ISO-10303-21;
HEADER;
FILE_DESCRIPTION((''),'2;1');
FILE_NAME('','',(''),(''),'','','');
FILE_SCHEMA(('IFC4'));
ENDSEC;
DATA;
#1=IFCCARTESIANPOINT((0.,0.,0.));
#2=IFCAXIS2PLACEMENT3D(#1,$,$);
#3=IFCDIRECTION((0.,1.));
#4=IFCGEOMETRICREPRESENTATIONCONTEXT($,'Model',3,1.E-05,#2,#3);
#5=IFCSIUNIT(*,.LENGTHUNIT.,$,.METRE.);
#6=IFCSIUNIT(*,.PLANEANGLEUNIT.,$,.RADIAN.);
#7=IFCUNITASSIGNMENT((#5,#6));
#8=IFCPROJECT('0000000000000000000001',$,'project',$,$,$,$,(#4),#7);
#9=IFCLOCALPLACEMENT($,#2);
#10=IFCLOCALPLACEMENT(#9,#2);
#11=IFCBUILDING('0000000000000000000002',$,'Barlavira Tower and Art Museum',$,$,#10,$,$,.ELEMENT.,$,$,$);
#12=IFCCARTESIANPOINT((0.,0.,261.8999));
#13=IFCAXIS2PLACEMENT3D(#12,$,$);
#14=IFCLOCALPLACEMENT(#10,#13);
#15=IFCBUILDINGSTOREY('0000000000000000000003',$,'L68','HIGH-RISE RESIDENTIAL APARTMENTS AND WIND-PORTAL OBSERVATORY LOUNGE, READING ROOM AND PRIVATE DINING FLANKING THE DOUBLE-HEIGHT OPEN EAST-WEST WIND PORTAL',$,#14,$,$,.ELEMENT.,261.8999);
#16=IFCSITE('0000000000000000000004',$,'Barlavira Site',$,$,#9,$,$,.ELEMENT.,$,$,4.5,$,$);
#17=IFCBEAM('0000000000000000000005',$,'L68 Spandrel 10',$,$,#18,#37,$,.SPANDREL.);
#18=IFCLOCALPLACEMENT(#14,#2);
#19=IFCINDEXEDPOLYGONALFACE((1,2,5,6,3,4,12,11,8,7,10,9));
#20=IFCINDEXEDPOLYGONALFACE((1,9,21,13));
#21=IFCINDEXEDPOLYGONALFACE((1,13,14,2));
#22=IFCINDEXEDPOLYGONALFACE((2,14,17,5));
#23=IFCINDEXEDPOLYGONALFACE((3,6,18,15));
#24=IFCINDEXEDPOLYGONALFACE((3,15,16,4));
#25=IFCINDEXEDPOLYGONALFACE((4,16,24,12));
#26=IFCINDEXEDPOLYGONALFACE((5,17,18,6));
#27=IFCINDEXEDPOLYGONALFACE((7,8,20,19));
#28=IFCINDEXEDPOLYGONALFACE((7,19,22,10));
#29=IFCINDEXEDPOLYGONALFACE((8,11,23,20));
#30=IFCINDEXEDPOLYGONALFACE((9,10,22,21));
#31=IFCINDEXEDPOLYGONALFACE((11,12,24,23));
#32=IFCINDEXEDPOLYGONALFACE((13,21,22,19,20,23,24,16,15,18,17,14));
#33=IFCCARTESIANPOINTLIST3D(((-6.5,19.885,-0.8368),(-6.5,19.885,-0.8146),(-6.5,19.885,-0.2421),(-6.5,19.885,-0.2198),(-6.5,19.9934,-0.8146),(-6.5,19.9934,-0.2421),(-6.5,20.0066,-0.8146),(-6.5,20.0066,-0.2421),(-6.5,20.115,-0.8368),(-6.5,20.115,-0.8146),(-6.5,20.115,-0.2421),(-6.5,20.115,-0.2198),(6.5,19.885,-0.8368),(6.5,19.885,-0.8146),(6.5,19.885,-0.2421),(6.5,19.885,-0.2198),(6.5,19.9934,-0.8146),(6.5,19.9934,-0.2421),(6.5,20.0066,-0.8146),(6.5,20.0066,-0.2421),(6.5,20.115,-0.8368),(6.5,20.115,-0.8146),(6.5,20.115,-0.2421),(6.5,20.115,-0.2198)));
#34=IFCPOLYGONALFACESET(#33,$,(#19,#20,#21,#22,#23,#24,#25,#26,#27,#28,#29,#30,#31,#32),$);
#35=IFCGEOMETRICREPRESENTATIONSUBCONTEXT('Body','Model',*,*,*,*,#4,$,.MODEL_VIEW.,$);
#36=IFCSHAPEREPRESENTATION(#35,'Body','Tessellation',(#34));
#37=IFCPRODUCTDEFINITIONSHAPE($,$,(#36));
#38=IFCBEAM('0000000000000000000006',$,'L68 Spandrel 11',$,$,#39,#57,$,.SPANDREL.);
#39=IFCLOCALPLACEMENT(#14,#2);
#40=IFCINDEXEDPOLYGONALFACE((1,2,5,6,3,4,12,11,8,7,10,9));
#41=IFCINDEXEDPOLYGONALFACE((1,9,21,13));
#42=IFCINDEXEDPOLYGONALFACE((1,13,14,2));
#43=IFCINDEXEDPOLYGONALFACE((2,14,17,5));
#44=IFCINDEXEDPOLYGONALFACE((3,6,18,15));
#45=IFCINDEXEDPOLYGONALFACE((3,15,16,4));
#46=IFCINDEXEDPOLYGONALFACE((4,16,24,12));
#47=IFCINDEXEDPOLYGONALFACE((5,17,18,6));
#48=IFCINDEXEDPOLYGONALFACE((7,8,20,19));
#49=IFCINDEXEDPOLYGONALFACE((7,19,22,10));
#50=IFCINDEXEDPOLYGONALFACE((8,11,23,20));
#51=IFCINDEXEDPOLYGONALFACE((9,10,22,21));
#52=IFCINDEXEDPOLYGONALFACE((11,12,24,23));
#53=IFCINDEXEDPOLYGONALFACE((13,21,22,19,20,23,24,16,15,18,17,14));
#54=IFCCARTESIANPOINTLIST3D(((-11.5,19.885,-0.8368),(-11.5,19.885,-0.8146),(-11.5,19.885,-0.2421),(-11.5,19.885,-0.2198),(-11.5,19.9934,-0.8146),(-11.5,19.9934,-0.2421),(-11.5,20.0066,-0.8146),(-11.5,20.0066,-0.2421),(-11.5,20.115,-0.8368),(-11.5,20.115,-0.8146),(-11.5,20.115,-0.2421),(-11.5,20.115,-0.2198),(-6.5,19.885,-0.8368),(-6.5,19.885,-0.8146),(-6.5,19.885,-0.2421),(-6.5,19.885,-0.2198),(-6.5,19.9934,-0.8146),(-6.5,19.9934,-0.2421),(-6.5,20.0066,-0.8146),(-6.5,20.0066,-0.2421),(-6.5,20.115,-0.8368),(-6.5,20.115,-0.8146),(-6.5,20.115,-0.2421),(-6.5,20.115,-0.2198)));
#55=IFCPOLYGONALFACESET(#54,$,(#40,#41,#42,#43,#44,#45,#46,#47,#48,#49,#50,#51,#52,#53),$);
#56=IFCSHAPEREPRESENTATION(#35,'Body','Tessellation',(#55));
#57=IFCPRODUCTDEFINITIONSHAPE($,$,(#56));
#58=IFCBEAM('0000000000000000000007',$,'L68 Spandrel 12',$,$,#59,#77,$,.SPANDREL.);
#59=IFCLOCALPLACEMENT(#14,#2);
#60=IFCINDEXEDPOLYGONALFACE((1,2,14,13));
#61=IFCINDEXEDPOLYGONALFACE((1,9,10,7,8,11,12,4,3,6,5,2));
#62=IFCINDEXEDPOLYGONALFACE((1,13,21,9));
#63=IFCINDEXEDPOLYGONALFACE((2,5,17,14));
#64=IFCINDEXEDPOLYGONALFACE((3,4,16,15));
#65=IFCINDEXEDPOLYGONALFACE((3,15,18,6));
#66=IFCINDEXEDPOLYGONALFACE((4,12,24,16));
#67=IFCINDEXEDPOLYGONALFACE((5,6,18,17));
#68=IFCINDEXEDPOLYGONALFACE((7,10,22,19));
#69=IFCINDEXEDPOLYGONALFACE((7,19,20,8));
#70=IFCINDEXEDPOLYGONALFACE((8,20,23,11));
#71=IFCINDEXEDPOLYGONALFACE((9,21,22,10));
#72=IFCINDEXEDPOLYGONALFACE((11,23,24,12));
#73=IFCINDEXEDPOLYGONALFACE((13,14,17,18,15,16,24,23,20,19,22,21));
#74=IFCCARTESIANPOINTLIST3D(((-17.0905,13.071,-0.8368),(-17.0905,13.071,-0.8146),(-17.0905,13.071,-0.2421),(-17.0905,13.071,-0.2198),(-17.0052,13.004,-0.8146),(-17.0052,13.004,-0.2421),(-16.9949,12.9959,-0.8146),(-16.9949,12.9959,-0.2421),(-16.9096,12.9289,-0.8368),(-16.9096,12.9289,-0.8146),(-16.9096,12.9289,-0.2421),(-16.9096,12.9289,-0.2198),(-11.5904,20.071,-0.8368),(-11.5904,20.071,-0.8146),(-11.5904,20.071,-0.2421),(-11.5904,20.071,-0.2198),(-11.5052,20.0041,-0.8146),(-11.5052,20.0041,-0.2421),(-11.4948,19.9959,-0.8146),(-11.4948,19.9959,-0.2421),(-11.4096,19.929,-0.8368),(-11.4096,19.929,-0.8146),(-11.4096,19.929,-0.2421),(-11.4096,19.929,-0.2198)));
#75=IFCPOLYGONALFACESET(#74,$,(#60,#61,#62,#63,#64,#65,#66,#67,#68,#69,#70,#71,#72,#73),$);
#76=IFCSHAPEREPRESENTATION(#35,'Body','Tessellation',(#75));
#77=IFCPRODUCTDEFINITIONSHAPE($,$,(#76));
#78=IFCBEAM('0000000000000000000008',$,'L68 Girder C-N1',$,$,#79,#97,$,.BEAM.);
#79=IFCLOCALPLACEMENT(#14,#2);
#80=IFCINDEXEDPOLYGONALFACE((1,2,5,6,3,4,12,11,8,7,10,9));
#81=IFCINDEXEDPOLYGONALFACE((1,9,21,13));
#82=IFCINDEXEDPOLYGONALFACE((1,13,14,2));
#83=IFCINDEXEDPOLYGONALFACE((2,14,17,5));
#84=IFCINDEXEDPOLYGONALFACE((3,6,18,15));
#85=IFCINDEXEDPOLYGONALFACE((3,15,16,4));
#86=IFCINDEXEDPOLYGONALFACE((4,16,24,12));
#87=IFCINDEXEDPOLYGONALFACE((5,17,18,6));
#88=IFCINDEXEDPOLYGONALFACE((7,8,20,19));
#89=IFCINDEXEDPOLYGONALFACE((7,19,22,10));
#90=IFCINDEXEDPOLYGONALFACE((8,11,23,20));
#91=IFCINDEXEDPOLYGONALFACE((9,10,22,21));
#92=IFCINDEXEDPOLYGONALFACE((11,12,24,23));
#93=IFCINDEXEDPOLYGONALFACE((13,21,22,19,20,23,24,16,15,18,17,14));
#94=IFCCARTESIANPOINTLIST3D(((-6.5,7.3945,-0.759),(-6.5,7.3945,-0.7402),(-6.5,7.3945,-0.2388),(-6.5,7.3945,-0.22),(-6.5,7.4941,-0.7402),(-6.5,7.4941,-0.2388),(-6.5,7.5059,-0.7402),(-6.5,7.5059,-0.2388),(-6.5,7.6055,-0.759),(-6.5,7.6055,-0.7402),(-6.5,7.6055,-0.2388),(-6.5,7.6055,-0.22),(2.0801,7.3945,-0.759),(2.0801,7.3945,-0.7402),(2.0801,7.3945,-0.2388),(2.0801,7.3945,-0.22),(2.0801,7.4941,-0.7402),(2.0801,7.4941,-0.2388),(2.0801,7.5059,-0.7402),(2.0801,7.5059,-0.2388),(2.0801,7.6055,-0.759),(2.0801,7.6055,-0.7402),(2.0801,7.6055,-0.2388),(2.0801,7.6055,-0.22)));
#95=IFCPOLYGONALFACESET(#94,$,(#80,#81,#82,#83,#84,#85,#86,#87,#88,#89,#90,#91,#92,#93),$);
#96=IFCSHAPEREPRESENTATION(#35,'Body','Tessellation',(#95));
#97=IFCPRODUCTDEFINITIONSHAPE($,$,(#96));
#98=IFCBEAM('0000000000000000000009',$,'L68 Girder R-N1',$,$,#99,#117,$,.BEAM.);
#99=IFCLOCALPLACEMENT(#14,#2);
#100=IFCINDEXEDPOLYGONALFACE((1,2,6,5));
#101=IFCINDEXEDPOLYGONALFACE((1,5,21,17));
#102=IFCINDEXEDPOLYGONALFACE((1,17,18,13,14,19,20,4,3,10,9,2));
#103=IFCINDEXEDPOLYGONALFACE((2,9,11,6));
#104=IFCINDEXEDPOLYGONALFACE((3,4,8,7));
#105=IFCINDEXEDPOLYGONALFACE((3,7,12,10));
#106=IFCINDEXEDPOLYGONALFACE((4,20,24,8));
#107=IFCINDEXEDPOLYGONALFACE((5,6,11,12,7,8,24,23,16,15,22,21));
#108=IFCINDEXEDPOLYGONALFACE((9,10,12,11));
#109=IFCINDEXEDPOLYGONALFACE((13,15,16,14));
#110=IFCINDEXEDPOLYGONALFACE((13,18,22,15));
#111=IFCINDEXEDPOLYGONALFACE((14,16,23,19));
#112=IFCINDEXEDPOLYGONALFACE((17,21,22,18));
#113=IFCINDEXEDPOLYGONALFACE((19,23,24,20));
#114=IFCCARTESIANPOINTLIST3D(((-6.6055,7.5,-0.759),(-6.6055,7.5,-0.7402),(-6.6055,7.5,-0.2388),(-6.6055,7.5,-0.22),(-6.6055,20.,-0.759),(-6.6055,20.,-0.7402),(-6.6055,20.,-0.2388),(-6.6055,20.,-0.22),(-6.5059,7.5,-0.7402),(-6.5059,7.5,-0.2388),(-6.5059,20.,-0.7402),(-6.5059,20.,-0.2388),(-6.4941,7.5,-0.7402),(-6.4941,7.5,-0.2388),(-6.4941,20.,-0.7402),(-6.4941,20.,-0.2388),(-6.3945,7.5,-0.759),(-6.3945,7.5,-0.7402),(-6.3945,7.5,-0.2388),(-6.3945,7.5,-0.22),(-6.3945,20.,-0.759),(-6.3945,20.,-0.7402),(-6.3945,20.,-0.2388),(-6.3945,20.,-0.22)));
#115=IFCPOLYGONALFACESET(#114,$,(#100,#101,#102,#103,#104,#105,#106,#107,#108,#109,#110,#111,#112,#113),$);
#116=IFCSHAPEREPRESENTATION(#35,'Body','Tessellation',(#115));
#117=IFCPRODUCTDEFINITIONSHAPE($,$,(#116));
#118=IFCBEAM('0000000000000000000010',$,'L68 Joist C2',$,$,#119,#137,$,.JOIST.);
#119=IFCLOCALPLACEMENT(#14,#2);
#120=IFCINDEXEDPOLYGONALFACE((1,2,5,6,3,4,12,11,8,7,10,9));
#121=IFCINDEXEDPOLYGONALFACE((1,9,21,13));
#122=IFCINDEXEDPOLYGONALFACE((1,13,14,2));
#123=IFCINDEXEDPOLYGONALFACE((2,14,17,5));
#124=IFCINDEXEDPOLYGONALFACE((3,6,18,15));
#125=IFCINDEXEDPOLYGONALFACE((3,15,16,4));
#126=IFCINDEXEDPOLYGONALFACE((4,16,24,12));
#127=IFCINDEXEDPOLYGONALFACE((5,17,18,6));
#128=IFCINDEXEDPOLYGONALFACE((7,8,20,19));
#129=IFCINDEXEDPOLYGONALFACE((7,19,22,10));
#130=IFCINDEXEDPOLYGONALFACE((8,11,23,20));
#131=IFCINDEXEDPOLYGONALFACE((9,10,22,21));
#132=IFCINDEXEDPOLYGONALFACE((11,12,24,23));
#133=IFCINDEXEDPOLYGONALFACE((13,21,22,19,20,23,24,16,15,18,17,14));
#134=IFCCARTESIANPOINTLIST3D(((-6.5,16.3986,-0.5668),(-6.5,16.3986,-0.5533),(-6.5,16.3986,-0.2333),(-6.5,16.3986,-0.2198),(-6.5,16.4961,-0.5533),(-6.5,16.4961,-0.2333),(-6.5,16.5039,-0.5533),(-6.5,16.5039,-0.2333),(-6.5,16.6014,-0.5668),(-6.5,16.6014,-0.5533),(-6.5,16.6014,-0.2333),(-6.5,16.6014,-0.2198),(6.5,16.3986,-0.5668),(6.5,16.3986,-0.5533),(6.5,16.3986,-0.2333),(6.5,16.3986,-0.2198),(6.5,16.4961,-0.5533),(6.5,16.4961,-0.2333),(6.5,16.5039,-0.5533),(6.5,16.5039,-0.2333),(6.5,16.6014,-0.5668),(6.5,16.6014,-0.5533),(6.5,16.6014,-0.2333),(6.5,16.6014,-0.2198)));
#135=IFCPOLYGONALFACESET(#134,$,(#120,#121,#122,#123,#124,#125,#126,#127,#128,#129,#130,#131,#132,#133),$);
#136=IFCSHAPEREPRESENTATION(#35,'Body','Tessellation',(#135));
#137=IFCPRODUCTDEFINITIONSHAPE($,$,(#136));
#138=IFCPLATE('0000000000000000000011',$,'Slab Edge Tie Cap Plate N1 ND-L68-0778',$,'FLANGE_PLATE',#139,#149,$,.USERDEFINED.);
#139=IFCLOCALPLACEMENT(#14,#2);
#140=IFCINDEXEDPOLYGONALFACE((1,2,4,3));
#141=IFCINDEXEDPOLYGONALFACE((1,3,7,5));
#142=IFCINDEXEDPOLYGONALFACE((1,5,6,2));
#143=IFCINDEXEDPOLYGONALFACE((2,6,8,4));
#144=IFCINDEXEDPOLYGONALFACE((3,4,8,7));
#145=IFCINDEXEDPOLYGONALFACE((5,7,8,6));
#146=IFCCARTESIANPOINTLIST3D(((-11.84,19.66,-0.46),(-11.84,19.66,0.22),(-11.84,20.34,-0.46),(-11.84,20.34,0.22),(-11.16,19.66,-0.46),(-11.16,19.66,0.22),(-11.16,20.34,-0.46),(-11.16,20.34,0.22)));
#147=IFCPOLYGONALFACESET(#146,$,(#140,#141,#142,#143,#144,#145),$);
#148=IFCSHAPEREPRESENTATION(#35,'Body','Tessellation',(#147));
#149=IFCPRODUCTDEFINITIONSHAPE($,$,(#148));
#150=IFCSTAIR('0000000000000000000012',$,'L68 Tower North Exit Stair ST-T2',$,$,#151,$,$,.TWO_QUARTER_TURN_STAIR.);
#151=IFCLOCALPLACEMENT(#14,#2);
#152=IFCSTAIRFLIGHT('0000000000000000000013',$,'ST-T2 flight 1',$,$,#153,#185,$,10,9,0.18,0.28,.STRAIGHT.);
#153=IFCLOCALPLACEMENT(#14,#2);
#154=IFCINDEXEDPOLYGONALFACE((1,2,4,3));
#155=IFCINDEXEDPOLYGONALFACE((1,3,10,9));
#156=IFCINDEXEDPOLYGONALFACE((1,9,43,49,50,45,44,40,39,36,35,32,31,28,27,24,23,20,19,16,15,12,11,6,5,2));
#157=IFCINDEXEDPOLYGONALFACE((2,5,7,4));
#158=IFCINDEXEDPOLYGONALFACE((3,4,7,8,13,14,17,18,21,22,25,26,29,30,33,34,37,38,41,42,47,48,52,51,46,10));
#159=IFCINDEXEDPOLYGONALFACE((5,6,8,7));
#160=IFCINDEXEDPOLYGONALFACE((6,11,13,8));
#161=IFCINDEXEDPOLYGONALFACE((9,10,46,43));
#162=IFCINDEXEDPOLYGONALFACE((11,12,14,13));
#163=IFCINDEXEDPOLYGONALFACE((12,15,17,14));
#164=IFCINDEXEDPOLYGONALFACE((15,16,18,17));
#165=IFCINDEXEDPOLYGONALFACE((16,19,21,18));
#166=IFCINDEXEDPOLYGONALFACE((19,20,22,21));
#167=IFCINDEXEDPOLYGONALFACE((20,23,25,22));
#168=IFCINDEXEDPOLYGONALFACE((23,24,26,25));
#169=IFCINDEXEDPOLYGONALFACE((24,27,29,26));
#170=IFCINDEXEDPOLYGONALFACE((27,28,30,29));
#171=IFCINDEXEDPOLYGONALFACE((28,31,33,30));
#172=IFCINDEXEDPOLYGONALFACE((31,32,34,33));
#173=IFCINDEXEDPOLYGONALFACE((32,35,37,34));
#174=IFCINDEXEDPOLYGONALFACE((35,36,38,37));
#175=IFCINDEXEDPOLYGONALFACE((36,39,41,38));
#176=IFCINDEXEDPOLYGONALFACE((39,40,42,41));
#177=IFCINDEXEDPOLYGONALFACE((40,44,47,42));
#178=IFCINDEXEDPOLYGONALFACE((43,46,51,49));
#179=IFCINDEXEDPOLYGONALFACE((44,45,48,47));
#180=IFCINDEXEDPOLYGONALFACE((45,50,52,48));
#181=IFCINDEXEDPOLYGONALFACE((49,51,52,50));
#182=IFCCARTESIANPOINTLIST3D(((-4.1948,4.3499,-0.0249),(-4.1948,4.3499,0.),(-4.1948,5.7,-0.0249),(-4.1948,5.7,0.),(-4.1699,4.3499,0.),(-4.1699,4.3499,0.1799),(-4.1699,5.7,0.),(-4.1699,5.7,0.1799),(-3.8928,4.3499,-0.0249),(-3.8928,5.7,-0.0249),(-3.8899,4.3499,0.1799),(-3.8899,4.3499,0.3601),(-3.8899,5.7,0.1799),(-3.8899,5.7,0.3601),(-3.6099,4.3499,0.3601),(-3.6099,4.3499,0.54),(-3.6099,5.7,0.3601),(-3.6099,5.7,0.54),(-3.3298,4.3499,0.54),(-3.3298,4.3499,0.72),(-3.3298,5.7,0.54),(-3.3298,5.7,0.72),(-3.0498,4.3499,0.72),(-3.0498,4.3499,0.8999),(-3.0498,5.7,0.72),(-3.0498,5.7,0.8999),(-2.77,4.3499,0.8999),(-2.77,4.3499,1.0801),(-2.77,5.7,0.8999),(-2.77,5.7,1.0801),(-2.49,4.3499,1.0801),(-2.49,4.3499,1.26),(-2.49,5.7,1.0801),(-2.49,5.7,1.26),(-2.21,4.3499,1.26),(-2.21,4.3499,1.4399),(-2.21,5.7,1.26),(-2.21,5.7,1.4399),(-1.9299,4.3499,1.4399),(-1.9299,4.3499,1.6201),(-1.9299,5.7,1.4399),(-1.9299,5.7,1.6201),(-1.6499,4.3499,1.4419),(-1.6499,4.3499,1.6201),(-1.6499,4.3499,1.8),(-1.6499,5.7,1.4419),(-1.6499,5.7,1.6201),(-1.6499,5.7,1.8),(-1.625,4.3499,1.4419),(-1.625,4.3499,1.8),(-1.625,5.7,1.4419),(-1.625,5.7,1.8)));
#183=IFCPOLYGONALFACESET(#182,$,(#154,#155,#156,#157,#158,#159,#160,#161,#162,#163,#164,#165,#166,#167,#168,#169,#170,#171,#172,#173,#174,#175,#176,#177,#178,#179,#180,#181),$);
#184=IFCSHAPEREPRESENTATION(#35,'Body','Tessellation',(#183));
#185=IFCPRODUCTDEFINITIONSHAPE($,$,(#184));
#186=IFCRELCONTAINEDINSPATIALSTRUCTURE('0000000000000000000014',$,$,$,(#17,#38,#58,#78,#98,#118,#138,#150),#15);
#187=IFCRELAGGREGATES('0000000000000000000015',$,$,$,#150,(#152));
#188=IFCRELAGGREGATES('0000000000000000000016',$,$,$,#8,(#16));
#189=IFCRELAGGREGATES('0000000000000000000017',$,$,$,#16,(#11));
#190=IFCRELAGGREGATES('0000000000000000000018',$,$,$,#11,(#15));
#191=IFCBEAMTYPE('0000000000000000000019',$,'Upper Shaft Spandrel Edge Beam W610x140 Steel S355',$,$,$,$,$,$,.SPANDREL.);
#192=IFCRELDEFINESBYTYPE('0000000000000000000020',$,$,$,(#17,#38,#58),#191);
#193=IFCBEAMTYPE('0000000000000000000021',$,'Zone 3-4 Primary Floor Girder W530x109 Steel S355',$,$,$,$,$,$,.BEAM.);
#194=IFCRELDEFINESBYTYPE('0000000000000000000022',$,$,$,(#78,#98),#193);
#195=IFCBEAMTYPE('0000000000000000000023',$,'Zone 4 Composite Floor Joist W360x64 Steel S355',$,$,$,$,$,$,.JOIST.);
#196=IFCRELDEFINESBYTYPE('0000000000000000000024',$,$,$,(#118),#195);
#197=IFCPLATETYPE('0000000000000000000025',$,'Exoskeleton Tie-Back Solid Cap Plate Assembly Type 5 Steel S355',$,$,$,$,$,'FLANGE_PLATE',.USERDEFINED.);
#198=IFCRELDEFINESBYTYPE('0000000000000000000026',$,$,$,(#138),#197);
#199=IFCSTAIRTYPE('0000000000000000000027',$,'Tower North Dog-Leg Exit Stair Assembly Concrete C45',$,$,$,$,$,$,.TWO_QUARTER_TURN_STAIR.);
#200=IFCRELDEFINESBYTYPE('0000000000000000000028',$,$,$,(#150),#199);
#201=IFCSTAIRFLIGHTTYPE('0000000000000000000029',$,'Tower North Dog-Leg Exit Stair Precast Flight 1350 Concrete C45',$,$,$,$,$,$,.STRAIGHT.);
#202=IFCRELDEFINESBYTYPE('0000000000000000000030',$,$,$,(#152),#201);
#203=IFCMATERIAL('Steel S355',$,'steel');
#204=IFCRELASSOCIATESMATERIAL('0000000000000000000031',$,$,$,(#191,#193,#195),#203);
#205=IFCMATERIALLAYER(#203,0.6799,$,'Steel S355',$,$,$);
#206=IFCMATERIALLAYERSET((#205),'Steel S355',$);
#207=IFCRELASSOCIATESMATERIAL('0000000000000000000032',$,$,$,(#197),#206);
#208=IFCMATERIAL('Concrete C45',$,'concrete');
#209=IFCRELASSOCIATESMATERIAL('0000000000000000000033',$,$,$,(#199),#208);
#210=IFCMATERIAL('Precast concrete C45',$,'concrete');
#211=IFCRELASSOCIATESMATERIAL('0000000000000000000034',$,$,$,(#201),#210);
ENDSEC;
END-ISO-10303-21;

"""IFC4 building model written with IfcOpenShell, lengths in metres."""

from ifc_helpers import new_model, si_unit, direction, frame, origin, origin_2d, place, context, subcontext, project, spatial, polyline, rectangle, i_section, outline, extrude, material, layer, layer_set, material_profile, profile_set, type_object, element, aggregate, save


model = new_model("IFC4")

# Units and contexts
model_context = context("Model", 3, precision=1e-05, world=origin(), true_north=direction((0.0, 1.0)))
body_context = subcontext(model_context, "Body", "Model", "MODEL_VIEW")
ifc_project = project(units=[si_unit("LENGTHUNIT", "METRE"), si_unit("PLANEANGLEUNIT", "RADIAN")], contexts=[model_context])

# Site, building, storey
site_placement = place(None, origin())
site = spatial("IfcSite", under=ifc_project, at=site_placement, Name="Barlavira Site", CompositionType="ELEMENT", RefElevation=4.5)
building_placement = place(site_placement, origin())
building = spatial("IfcBuilding", under=site, at=building_placement, Name="Barlavira Tower and Art Museum", CompositionType="ELEMENT")
storey_placement = place(building_placement, frame((0.0, 0.0, 261.8999)))
storey = spatial("IfcBuildingStorey", under=building, at=storey_placement, Name="L68", Description="HIGH-RISE RESIDENTIAL APARTMENTS AND WIND-PORTAL OBSERVATORY LOUNGE, READING ROOM AND PRIVATE DINING FLANKING THE DOUBLE-HEIGHT OPEN EAST-WEST WIND PORTAL", CompositionType="ELEMENT", Elevation=261.8999)

# Shared definitions
ifc_material_1 = material(Name="Steel S355", Category="steel")

# Beams
ifc_material_profile_1 = material_profile(ifc_material_1, i_section(OverallWidth=0.23, OverallDepth=0.6169, WebThickness=0.0132, FlangeThickness=0.0222, at=origin_2d()), Name="W610x140.0")
ifc_profile_set_1 = profile_set([ifc_material_profile_1], Name="Steel S355")
beam_type_1 = type_object("IfcBeamType", Name="Upper Shaft Spandrel Edge Beam W610x140 Steel S355", PredefinedType="SPANDREL", material=ifc_profile_set_1)
beam_1_placement = place(storey_placement, frame((-6.5, 20.0, -0.5283), z_axis=(1.0, 0.0, 0.0), x_axis=(0.0, 1.0, 0.0)))
element("IfcBeam", 1, at=beam_1_placement, inside=storey, type_object=beam_type_1, Name="L68 Spandrel 10", PredefinedType="SPANDREL", context=body_context, shape_type="SweptSolid", body=[
    extrude(i_section(OverallWidth=0.23, OverallDepth=0.6169, WebThickness=0.0132, FlangeThickness=0.0222, at=origin_2d()), origin(), (0.0, 0.0, 1.0), 13.0),
])
beam_2_placement = place(storey_placement, frame((-11.5, 20.0, -0.5283), z_axis=(1.0, 0.0, 0.0), x_axis=(0.0, 1.0, 0.0)))
element("IfcBeam", 2, at=beam_2_placement, inside=storey, type_object=beam_type_1, Name="L68 Spandrel 11", PredefinedType="SPANDREL", context=body_context, shape_type="SweptSolid", body=[
    extrude(i_section(OverallWidth=0.23, OverallDepth=0.6169, WebThickness=0.0132, FlangeThickness=0.0222, at=origin_2d()), origin(), (0.0, 0.0, 1.0), 5.0),
])
beam_3_placement = place(storey_placement, frame((-11.5, 20.0, -0.5283), z_axis=(-0.617822, -0.786318, 0.0), x_axis=(0.786318, -0.617822, 0.0)))
element("IfcBeam", 3, at=beam_3_placement, inside=storey, type_object=beam_type_1, Name="L68 Spandrel 12", PredefinedType="SPANDREL", context=body_context, shape_type="SweptSolid", body=[
    extrude(i_section(OverallWidth=0.23, OverallDepth=0.6169, WebThickness=0.0132, FlangeThickness=0.0222, at=origin_2d()), origin(), (0.0, 0.0, 1.0), 8.9023),
])
ifc_material_profile_2 = material_profile(ifc_material_1, i_section(OverallWidth=0.2109, OverallDepth=0.5391, WebThickness=0.0117, FlangeThickness=0.0188, at=origin_2d()), Name="W530x109.0")
ifc_profile_set_2 = profile_set([ifc_material_profile_2], Name="Steel S355")
beam_type_2 = type_object("IfcBeamType", Name="Zone 3-4 Primary Floor Girder W530x109 Steel S355", PredefinedType="BEAM", material=ifc_profile_set_2)
beam_4_placement = place(storey_placement, frame((-6.5, 7.5, -0.4895), z_axis=(1.0, 0.0, 0.0), x_axis=(0.0, 1.0, 0.0)))
element("IfcBeam", 4, at=beam_4_placement, inside=storey, type_object=beam_type_2, Name="L68 Girder C-N1", PredefinedType="BEAM", context=body_context, shape_type="SweptSolid", body=[
    extrude(i_section(OverallWidth=0.2109, OverallDepth=0.5391, WebThickness=0.0117, FlangeThickness=0.0188, at=origin_2d()), origin(), (0.0, 0.0, 1.0), 8.5801),
])
beam_5_placement = place(storey_placement, frame((-6.5, 7.5, -0.4895), z_axis=(0.0, 1.0, 0.0), x_axis=(-1.0, 0.0, 0.0)))
element("IfcBeam", 5, at=beam_5_placement, inside=storey, type_object=beam_type_2, Name="L68 Girder R-N1", PredefinedType="BEAM", context=body_context, shape_type="SweptSolid", body=[
    extrude(i_section(OverallWidth=0.2109, OverallDepth=0.5391, WebThickness=0.0117, FlangeThickness=0.0188, at=origin_2d()), origin(), (0.0, 0.0, 1.0), 12.5),
])
ifc_material_profile_3 = material_profile(ifc_material_1, i_section(OverallWidth=0.2029, OverallDepth=0.3469, WebThickness=0.0078, FlangeThickness=0.0134, at=origin_2d()), Name="W360x64.0")
ifc_profile_set_3 = profile_set([ifc_material_profile_3], Name="Steel S355")
beam_type_3 = type_object("IfcBeamType", Name="Zone 4 Composite Floor Joist W360x64 Steel S355", PredefinedType="JOIST", material=ifc_profile_set_3)
beam_6_placement = place(storey_placement, frame((-6.5, 16.5, -0.3933), z_axis=(1.0, 0.0, 0.0), x_axis=(0.0, 1.0, 0.0)))
element("IfcBeam", 6, at=beam_6_placement, inside=storey, type_object=beam_type_3, Name="L68 Joist C2", PredefinedType="JOIST", context=body_context, shape_type="SweptSolid", body=[
    extrude(i_section(OverallWidth=0.2029, OverallDepth=0.3469, WebThickness=0.0078, FlangeThickness=0.0134, at=origin_2d()), origin(), (0.0, 0.0, 1.0), 13.0),
])

# Plate
ifc_layer_1 = layer(ifc_material_1, 0.6799, Name="Steel S355")
ifc_layer_set_1 = layer_set([ifc_layer_1], Name="Steel S355")
plate_type = type_object("IfcPlateType", Name="Exoskeleton Tie-Back Solid Cap Plate Assembly Type 5 Steel S355", ElementType="FLANGE_PLATE", PredefinedType="USERDEFINED", material=ifc_layer_set_1)
plate_placement = place(storey_placement, frame((-11.5, 20.0, -0.46), z_axis=(0.0, 0.0, 1.0), x_axis=(1.0, 0.0, 0.0)))
element("IfcPlate", 7, at=plate_placement, inside=storey, type_object=plate_type, Name="Slab Edge Tie Cap Plate N1 ND-L68-0778", ObjectType="FLANGE_PLATE", PredefinedType="USERDEFINED", context=body_context, shape_type="SweptSolid", body=[
    extrude(rectangle(XDim=0.6799, YDim=0.6799, at=origin_2d()), origin(), (0.0, 0.0, 1.0), 0.6799),
])

# Stair, stair flight
ifc_material_2 = material(Name="Concrete C45", Category="concrete")
stair_type = type_object("IfcStairType", Name="Tower North Dog-Leg Exit Stair Assembly Concrete C45", PredefinedType="TWO_QUARTER_TURN_STAIR", material=ifc_material_2)
stair_placement = place(storey_placement, origin())
stair = element("IfcStair", 8, at=stair_placement, inside=storey, type_object=stair_type, Name="L68 Tower North Exit Stair ST-T2", PredefinedType="TWO_QUARTER_TURN_STAIR")
ifc_material_3 = material(Name="Precast concrete C45", Category="concrete")
stair_flight_type = type_object("IfcStairFlightType", Name="Tower North Dog-Leg Exit Stair Precast Flight 1350 Concrete C45", PredefinedType="STRAIGHT", material=ifc_material_3)
stair_flight_1_placement = place(storey_placement, frame((-4.1699, 5.0249, 0.0), z_axis=(0.0, 0.0, 1.0), x_axis=(1.0, 0.0, 0.0)))
stair_flight_1 = element("IfcStairFlight", 9, at=stair_flight_1_placement, type_object=stair_flight_type, Name="ST-T2 flight 1", NumberOfRisers=10, NumberOfTreads=9, PredefinedType="STRAIGHT", RiserHeight=0.18, TreadLength=0.28, context=body_context, shape_type="SweptSolid", body=[
    extrude(outline(polyline([(-0.0249, 0.0), (0.0, 0.0), (0.0, 0.1799), (0.28, 0.1799), (0.28, 0.3601), (0.5601, 0.3601), (0.5601, 0.54), (0.8401, 0.54), (0.8401, 0.72), (1.1201, 0.72), (1.1201, 0.8999), (1.3999, 0.8999), (1.3999, 1.0801), (1.6799, 1.0801), (1.6799, 1.26), (1.96, 1.26), (1.96, 1.4399), (2.24, 1.4399), (2.24, 1.6201), (2.52, 1.6201), (2.52, 1.8), (2.5449, 1.8), (2.5449, 1.4419), (2.52, 1.4419), (0.2771, -0.0249), (-0.0249, -0.0249), (-0.0249, 0.0)])), frame((0.0, 0.675, 0.0), z_axis=(0.0, -1.0, 0.0), x_axis=(1.0, 0.0, 0.0)), (0.0, 0.0, 1.0), 1.3501),
])
aggregate(stair, [stair_flight_1])

save(model, "model.ifc")
